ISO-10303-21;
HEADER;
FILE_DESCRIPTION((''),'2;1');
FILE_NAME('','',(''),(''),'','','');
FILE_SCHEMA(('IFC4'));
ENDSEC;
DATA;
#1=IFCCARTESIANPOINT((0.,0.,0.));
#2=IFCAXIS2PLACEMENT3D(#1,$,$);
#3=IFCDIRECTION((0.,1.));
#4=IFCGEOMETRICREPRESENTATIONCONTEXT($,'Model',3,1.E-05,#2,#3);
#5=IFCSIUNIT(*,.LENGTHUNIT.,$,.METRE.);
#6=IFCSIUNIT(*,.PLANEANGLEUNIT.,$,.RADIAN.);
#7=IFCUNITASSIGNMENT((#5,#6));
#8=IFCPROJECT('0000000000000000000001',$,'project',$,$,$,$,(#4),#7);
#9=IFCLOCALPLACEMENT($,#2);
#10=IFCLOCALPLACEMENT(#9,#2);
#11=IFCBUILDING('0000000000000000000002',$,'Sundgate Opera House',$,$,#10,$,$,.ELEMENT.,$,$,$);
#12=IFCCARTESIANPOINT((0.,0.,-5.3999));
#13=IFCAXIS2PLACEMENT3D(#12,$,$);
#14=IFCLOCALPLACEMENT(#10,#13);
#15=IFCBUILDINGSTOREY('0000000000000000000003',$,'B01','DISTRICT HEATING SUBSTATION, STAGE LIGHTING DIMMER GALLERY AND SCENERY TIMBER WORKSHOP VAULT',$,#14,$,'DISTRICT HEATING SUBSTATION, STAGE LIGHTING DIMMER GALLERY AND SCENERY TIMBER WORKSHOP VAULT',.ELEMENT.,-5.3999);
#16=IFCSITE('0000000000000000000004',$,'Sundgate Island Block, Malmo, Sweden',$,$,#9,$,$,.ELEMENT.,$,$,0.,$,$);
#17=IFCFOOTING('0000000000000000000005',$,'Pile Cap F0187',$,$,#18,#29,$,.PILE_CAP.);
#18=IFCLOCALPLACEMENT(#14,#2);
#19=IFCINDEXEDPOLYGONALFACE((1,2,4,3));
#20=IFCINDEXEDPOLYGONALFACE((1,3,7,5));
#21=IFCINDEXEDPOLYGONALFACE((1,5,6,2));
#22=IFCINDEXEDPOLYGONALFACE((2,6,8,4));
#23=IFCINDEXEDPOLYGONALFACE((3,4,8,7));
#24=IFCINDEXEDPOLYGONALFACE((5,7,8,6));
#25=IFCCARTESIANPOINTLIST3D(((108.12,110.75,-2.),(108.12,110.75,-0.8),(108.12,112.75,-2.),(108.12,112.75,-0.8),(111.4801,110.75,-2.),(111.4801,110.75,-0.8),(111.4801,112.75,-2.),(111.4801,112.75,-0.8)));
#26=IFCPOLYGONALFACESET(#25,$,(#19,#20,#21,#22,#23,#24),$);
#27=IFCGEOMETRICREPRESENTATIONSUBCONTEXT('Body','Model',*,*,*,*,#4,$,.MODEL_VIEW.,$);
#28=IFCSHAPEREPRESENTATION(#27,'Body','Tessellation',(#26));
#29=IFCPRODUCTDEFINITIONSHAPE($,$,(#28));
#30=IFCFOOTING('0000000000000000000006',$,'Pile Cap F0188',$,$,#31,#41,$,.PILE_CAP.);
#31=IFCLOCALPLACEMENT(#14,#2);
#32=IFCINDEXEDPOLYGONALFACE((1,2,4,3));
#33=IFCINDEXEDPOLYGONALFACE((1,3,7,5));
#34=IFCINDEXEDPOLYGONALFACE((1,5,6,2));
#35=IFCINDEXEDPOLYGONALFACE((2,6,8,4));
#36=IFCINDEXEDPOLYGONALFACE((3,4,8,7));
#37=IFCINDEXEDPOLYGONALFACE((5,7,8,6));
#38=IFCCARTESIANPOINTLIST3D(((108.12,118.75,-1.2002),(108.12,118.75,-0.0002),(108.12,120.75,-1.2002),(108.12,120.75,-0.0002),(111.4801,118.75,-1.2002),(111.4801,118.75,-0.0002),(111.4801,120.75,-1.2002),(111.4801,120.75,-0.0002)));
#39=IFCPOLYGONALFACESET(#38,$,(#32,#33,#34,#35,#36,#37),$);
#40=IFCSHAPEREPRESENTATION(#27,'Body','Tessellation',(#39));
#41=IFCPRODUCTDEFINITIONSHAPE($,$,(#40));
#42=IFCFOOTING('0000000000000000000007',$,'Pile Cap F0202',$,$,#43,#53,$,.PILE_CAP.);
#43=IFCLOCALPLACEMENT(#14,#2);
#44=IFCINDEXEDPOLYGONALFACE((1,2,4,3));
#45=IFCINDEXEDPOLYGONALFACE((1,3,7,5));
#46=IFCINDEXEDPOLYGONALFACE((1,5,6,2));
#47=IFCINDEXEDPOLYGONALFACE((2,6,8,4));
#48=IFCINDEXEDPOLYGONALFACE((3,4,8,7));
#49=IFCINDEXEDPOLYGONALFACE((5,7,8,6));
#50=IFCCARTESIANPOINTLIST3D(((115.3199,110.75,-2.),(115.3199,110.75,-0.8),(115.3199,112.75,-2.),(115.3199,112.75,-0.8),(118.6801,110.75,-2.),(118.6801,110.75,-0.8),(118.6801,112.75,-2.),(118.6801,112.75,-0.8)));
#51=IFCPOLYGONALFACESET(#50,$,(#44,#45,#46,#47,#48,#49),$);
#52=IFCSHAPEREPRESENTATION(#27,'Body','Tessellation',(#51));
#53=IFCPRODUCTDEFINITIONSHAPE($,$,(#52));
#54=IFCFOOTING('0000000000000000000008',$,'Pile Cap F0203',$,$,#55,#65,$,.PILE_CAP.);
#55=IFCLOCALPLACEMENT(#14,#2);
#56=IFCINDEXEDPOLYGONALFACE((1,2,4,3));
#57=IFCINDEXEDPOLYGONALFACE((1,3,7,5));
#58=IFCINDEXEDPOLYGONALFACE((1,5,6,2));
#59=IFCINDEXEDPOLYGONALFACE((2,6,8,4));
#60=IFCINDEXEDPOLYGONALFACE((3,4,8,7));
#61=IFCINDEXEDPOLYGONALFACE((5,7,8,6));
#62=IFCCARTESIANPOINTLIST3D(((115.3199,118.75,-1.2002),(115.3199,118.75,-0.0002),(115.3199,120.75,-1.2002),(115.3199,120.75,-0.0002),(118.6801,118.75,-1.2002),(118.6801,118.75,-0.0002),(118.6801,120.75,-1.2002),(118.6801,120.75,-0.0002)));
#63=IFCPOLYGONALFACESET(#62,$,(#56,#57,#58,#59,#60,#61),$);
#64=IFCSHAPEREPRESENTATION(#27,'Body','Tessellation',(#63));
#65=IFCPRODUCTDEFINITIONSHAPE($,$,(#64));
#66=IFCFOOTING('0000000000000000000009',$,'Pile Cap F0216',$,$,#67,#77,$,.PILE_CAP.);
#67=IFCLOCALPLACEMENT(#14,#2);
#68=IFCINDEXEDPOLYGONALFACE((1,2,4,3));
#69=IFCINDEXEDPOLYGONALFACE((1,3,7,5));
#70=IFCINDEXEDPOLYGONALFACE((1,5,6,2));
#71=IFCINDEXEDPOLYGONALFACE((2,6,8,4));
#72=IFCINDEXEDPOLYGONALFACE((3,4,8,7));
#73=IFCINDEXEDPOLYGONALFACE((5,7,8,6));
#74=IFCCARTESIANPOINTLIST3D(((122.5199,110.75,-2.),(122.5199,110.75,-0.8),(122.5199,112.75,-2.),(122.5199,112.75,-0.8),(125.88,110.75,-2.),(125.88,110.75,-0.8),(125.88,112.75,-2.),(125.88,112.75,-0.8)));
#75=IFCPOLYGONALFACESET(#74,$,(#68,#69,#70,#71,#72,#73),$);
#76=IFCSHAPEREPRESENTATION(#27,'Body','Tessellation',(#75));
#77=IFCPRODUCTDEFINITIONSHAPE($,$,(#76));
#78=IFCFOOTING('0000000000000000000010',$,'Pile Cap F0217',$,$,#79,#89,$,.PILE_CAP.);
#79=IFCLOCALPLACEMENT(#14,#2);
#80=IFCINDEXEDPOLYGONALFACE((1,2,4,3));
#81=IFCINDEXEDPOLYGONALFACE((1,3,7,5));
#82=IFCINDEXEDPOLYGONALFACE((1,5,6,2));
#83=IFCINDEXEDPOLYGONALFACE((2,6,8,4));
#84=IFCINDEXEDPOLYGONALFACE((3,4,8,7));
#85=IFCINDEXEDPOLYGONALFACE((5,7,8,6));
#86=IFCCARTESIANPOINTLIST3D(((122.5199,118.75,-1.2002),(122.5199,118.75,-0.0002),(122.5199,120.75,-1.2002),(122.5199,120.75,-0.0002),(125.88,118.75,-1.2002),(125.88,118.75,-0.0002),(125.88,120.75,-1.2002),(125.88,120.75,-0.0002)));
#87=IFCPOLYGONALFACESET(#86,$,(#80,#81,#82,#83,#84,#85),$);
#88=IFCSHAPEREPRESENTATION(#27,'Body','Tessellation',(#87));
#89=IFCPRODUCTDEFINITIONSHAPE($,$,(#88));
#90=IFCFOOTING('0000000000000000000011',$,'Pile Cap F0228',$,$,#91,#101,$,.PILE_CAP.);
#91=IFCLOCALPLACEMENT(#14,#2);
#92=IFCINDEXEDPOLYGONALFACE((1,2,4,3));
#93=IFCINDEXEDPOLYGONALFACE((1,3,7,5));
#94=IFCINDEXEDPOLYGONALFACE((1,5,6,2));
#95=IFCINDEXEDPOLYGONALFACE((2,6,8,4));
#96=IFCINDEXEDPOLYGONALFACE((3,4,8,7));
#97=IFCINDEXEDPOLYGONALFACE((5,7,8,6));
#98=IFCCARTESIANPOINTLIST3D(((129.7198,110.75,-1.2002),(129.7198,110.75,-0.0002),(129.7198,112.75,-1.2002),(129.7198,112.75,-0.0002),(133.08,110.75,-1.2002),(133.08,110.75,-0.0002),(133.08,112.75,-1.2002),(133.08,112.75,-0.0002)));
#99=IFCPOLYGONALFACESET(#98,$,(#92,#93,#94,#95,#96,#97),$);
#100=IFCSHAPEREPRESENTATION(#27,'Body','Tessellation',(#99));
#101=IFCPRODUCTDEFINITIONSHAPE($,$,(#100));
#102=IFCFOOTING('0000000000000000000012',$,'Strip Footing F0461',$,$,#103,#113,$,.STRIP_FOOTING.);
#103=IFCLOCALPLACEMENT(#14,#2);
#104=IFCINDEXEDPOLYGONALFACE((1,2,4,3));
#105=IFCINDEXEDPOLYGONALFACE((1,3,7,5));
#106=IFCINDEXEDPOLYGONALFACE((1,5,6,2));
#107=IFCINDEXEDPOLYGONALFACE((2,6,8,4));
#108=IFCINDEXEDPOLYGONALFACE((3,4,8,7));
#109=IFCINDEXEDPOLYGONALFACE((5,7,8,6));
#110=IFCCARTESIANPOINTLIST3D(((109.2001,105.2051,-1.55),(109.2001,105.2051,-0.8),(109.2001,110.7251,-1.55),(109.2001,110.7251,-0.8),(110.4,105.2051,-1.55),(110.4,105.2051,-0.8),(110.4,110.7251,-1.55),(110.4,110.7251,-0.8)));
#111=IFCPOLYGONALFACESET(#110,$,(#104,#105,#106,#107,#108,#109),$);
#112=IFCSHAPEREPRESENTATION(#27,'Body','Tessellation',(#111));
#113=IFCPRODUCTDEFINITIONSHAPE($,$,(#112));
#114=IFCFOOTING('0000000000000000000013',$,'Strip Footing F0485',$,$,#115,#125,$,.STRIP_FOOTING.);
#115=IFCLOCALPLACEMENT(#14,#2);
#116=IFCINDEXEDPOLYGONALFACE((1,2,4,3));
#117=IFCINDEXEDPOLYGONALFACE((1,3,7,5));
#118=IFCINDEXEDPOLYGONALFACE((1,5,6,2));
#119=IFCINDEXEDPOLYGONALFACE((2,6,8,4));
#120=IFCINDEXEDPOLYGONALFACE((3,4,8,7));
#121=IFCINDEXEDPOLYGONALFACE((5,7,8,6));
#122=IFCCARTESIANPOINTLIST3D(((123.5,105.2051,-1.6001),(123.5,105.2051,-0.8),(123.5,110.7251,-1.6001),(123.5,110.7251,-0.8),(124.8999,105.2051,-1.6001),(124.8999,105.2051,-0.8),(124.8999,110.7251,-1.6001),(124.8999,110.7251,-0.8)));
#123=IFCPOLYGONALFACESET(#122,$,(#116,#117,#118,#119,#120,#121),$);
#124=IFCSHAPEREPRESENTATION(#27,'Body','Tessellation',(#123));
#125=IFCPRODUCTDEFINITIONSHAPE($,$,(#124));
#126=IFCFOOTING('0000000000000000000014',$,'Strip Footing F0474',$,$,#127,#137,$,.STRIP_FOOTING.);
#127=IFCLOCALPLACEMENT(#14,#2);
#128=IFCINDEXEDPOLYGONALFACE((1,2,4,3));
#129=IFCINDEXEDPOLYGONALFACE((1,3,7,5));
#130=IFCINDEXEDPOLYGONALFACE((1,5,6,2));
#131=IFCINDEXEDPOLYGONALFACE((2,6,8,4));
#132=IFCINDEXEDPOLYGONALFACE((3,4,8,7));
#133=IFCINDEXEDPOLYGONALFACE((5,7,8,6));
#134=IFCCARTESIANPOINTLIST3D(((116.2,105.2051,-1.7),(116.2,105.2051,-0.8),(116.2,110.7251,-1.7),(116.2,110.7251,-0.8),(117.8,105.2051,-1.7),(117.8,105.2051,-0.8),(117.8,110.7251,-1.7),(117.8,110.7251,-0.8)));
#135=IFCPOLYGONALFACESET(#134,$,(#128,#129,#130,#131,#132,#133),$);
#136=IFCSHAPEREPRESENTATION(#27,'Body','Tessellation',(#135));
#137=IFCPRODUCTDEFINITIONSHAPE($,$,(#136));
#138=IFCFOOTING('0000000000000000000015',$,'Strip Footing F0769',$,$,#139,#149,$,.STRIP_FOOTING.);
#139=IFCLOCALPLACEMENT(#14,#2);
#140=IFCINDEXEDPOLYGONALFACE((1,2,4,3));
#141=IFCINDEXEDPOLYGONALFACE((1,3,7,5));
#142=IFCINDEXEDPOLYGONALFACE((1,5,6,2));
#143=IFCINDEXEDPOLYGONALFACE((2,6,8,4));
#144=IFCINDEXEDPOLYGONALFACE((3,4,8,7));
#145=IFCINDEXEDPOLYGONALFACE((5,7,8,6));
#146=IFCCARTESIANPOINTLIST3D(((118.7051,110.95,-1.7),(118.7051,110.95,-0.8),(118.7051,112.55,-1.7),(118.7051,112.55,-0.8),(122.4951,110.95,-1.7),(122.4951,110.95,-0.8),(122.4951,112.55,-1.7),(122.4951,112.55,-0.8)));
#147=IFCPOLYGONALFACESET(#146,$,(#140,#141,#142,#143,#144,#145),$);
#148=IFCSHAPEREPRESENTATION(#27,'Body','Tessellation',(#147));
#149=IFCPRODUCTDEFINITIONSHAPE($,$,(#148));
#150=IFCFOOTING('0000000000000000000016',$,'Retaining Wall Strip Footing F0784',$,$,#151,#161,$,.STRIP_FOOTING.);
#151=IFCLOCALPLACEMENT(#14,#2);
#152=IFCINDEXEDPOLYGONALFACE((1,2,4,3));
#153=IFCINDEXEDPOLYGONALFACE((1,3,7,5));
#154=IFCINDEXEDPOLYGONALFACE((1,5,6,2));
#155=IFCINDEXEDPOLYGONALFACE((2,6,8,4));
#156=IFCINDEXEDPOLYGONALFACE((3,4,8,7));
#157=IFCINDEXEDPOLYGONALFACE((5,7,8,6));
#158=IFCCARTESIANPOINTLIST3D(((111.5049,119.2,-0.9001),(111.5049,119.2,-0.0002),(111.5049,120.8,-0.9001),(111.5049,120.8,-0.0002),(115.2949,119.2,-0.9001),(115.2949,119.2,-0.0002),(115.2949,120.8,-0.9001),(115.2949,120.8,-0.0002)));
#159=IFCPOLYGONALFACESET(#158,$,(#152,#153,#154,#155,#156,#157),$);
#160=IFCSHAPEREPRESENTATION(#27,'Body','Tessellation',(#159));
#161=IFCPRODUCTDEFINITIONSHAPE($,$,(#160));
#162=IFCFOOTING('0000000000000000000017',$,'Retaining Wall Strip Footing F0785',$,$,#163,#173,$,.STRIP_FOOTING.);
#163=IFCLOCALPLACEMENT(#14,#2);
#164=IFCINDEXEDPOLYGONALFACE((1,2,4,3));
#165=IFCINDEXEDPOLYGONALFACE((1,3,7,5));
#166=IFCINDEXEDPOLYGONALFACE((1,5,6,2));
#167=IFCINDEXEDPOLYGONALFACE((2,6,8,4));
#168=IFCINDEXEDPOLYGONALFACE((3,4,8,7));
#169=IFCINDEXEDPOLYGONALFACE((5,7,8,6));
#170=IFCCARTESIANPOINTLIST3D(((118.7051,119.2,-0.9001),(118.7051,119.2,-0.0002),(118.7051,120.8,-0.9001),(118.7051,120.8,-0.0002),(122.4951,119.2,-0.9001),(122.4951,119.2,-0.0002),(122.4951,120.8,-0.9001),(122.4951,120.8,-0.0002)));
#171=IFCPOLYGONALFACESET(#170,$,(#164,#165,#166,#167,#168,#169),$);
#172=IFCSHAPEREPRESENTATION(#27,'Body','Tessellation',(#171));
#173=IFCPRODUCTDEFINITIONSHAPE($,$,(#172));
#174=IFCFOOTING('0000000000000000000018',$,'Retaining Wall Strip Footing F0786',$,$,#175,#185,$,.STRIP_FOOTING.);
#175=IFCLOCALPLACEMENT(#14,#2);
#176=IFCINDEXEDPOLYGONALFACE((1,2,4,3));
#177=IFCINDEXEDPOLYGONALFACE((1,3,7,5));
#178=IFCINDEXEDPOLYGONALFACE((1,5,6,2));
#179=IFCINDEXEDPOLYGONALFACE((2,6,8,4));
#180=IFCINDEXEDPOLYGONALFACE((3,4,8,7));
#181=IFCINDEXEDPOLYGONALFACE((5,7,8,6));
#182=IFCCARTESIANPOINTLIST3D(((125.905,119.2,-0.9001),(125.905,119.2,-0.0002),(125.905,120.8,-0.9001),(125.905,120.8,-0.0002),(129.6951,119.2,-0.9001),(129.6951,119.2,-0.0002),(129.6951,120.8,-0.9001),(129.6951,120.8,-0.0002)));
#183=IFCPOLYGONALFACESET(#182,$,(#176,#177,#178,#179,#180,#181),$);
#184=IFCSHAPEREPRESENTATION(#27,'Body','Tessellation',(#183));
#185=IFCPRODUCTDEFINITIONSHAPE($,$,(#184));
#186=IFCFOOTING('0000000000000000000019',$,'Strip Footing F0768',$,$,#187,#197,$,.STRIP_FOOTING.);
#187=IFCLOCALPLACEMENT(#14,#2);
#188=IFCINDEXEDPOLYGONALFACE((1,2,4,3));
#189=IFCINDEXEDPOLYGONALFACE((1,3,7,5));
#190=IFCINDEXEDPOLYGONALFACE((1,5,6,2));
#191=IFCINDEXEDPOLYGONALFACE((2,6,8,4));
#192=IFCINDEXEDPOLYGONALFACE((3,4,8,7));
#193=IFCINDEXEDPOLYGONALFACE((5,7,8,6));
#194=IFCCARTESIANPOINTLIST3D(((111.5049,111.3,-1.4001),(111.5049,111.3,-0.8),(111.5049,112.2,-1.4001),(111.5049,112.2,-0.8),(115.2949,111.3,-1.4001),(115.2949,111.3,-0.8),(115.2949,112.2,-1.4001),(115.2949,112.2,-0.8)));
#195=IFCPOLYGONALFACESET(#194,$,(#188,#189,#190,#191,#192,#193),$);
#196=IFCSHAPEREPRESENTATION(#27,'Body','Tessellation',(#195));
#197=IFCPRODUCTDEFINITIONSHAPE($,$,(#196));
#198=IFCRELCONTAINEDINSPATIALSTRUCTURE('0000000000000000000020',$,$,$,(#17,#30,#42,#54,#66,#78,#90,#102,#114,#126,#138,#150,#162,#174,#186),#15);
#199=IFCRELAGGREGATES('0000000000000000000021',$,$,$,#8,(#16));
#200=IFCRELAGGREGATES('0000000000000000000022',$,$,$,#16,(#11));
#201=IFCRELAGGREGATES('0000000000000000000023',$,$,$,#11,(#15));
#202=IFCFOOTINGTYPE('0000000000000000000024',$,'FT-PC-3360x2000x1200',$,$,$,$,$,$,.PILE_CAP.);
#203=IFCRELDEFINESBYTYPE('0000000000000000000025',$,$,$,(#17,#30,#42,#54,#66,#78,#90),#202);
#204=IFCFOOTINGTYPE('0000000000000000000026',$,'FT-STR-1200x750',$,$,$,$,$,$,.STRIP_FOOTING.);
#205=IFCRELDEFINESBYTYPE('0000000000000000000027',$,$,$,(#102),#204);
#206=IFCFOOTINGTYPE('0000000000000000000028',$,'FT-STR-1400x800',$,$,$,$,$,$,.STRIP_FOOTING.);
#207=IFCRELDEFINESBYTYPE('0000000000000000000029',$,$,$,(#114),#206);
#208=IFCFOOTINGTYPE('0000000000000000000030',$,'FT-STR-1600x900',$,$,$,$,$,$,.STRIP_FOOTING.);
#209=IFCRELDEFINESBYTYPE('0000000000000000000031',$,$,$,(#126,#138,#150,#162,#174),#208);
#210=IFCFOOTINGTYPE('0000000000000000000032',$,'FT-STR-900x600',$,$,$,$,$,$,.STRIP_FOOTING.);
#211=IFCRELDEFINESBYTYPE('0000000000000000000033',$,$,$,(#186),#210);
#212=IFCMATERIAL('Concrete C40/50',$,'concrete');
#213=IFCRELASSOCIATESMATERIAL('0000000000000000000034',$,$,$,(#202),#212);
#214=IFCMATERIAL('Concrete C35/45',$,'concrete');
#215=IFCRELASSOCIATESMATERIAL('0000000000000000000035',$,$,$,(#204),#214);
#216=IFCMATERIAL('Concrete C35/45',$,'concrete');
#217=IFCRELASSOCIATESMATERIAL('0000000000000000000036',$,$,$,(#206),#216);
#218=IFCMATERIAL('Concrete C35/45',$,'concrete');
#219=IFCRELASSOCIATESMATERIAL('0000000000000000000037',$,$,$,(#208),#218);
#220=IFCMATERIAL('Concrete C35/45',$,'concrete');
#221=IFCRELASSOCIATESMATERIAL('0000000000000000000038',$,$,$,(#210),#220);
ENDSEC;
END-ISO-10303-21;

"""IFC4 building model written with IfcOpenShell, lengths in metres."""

from ifc_helpers import new_model, si_unit, direction, frame, origin, origin_2d, place, context, subcontext, project, spatial, rectangle, extrude, material, type_object, element, save


model = new_model("IFC4")

# Units and contexts
model_context = context("Model", 3, precision=1e-05, world=origin(), true_north=direction((0.0, 1.0)))
body_context = subcontext(model_context, "Body", "Model", "MODEL_VIEW")
ifc_project = project(units=[si_unit("LENGTHUNIT", "METRE"), si_unit("PLANEANGLEUNIT", "RADIAN")], contexts=[model_context])

# Site, building, storey
site_placement = place(None, origin())
site = spatial("IfcSite", under=ifc_project, at=site_placement, Name="Sundgate Island Block, Malmo, Sweden", CompositionType="ELEMENT", RefElevation=0.0)
building_placement = place(site_placement, origin())
building = spatial("IfcBuilding", under=site, at=building_placement, Name="Sundgate Opera House", CompositionType="ELEMENT")
storey_placement = place(building_placement, frame((0.0, 0.0, -5.3999)))
storey = spatial("IfcBuildingStorey", under=building, at=storey_placement, Name="B01", Description="DISTRICT HEATING SUBSTATION, STAGE LIGHTING DIMMER GALLERY AND SCENERY TIMBER WORKSHOP VAULT", LongName="DISTRICT HEATING SUBSTATION, STAGE LIGHTING DIMMER GALLERY AND SCENERY TIMBER WORKSHOP VAULT", CompositionType="ELEMENT", Elevation=-5.3999)

# Footings
ifc_material_1 = material(Name="Concrete C40/50", Category="concrete")
footing_type_1 = type_object("IfcFootingType", Name="FT-PC-3360x2000x1200", PredefinedType="PILE_CAP", material=ifc_material_1)
for number, where, z_axis, x_axis, name in (
    (1, (109.8, 111.75, -2.0), (0.0, 0.0, 1.0), (1.0, 0.0, 0.0), "Pile Cap F0187"),
    (2, (109.8, 119.75, -1.2002), (0.0, 0.0, 1.0), (1.0, 0.0, 0.0), "Pile Cap F0188"),
    (3, (117.0, 111.75, -2.0), (0.0, 0.0, 1.0), (1.0, 0.0, 0.0), "Pile Cap F0202"),
    (4, (117.0, 119.75, -1.2002), (0.0, 0.0, 1.0), (1.0, 0.0, 0.0), "Pile Cap F0203"),
    (5, (124.2, 111.75, -2.0), (0.0, 0.0, 1.0), (1.0, 0.0, 0.0), "Pile Cap F0216"),
    (6, (124.2, 119.75, -1.2002), (0.0, 0.0, 1.0), (1.0, 0.0, 0.0), "Pile Cap F0217"),
    (7, (131.3999, 111.75, -1.2002), (0.0, 0.0, 1.0), (1.0, 0.0, 0.0), "Pile Cap F0228"),
):
    element("IfcFooting", number, at=place(storey_placement, frame(where, z_axis=z_axis, x_axis=x_axis)), inside=storey, type_object=footing_type_1, Name=name, PredefinedType="PILE_CAP", context=body_context, shape_type="SweptSolid", body=[
        extrude(rectangle(XDim=3.3601, YDim=2.0, at=origin_2d()), origin(), (0.0, 0.0, 1.0), 1.2),
    ])
ifc_material_2 = material(Name="Concrete C35/45", Category="concrete")
footing_type_2 = type_object("IfcFootingType", Name="FT-STR-1200x750", PredefinedType="STRIP_FOOTING", material=ifc_material_2)
footing_1_placement = place(storey_placement, frame((109.8, 107.9651, -1.55), z_axis=(0.0, 0.0, 1.0), x_axis=(1.0, 0.0, 0.0)))
element("IfcFooting", 8, at=footing_1_placement, inside=storey, type_object=footing_type_2, Name="Strip Footing F0461", PredefinedType="STRIP_FOOTING", context=body_context, shape_type="SweptSolid", body=[
    extrude(rectangle(XDim=1.2, YDim=5.52, at=origin_2d()), origin(), (0.0, 0.0, 1.0), 0.75),
])
ifc_material_3 = material(Name="Concrete C35/45", Category="concrete")
footing_type_3 = type_object("IfcFootingType", Name="FT-STR-1400x800", PredefinedType="STRIP_FOOTING", material=ifc_material_3)
footing_2_placement = place(storey_placement, frame((124.2, 107.9651, -1.6001), z_axis=(0.0, 0.0, 1.0), x_axis=(1.0, 0.0, 0.0)))
element("IfcFooting", 9, at=footing_2_placement, inside=storey, type_object=footing_type_3, Name="Strip Footing F0485", PredefinedType="STRIP_FOOTING", context=body_context, shape_type="SweptSolid", body=[
    extrude(rectangle(XDim=1.3999, YDim=5.52, at=origin_2d()), origin(), (0.0, 0.0, 1.0), 0.8),
])
ifc_material_4 = material(Name="Concrete C35/45", Category="concrete")
footing_type_4 = type_object("IfcFootingType", Name="FT-STR-1600x900", PredefinedType="STRIP_FOOTING", material=ifc_material_4)
footing_3_placement = place(storey_placement, frame((117.0, 107.9651, -1.7), z_axis=(0.0, 0.0, 1.0), x_axis=(1.0, 0.0, 0.0)))
element("IfcFooting", 10, at=footing_3_placement, inside=storey, type_object=footing_type_4, Name="Strip Footing F0474", PredefinedType="STRIP_FOOTING", context=body_context, shape_type="SweptSolid", body=[
    extrude(rectangle(XDim=1.6001, YDim=5.52, at=origin_2d()), origin(), (0.0, 0.0, 1.0), 0.8999),
])
for number, where, z_axis, x_axis, name in (
    (11, (120.6001, 111.75, -1.7), (0.0, 0.0, 1.0), (1.0, 0.0, 0.0), "Strip Footing F0769"),
    (12, (113.3999, 120.0, -0.9001), (0.0, 0.0, 1.0), (1.0, 0.0, 0.0), "Retaining Wall Strip Footing F0784"),
    (13, (120.6001, 120.0, -0.9001), (0.0, 0.0, 1.0), (1.0, 0.0, 0.0), "Retaining Wall Strip Footing F0785"),
    (14, (127.8, 120.0, -0.9001), (0.0, 0.0, 1.0), (1.0, 0.0, 0.0), "Retaining Wall Strip Footing F0786"),
):
    element("IfcFooting", number, at=place(storey_placement, frame(where, z_axis=z_axis, x_axis=x_axis)), inside=storey, type_object=footing_type_4, Name=name, PredefinedType="STRIP_FOOTING", context=body_context, shape_type="SweptSolid", body=[
        extrude(rectangle(XDim=3.79, YDim=1.6001, at=origin_2d()), origin(), (0.0, 0.0, 1.0), 0.8999),
    ])
ifc_material_5 = material(Name="Concrete C35/45", Category="concrete")
footing_type_5 = type_object("IfcFootingType", Name="FT-STR-900x600", PredefinedType="STRIP_FOOTING", material=ifc_material_5)
footing_4_placement = place(storey_placement, frame((113.3999, 111.75, -1.4001), z_axis=(0.0, 0.0, 1.0), x_axis=(1.0, 0.0, 0.0)))
element("IfcFooting", 15, at=footing_4_placement, inside=storey, type_object=footing_type_5, Name="Strip Footing F0768", PredefinedType="STRIP_FOOTING", context=body_context, shape_type="SweptSolid", body=[
    extrude(rectangle(XDim=3.79, YDim=0.8999, at=origin_2d()), origin(), (0.0, 0.0, 1.0), 0.6001),
])

save(model, "model.ifc")
